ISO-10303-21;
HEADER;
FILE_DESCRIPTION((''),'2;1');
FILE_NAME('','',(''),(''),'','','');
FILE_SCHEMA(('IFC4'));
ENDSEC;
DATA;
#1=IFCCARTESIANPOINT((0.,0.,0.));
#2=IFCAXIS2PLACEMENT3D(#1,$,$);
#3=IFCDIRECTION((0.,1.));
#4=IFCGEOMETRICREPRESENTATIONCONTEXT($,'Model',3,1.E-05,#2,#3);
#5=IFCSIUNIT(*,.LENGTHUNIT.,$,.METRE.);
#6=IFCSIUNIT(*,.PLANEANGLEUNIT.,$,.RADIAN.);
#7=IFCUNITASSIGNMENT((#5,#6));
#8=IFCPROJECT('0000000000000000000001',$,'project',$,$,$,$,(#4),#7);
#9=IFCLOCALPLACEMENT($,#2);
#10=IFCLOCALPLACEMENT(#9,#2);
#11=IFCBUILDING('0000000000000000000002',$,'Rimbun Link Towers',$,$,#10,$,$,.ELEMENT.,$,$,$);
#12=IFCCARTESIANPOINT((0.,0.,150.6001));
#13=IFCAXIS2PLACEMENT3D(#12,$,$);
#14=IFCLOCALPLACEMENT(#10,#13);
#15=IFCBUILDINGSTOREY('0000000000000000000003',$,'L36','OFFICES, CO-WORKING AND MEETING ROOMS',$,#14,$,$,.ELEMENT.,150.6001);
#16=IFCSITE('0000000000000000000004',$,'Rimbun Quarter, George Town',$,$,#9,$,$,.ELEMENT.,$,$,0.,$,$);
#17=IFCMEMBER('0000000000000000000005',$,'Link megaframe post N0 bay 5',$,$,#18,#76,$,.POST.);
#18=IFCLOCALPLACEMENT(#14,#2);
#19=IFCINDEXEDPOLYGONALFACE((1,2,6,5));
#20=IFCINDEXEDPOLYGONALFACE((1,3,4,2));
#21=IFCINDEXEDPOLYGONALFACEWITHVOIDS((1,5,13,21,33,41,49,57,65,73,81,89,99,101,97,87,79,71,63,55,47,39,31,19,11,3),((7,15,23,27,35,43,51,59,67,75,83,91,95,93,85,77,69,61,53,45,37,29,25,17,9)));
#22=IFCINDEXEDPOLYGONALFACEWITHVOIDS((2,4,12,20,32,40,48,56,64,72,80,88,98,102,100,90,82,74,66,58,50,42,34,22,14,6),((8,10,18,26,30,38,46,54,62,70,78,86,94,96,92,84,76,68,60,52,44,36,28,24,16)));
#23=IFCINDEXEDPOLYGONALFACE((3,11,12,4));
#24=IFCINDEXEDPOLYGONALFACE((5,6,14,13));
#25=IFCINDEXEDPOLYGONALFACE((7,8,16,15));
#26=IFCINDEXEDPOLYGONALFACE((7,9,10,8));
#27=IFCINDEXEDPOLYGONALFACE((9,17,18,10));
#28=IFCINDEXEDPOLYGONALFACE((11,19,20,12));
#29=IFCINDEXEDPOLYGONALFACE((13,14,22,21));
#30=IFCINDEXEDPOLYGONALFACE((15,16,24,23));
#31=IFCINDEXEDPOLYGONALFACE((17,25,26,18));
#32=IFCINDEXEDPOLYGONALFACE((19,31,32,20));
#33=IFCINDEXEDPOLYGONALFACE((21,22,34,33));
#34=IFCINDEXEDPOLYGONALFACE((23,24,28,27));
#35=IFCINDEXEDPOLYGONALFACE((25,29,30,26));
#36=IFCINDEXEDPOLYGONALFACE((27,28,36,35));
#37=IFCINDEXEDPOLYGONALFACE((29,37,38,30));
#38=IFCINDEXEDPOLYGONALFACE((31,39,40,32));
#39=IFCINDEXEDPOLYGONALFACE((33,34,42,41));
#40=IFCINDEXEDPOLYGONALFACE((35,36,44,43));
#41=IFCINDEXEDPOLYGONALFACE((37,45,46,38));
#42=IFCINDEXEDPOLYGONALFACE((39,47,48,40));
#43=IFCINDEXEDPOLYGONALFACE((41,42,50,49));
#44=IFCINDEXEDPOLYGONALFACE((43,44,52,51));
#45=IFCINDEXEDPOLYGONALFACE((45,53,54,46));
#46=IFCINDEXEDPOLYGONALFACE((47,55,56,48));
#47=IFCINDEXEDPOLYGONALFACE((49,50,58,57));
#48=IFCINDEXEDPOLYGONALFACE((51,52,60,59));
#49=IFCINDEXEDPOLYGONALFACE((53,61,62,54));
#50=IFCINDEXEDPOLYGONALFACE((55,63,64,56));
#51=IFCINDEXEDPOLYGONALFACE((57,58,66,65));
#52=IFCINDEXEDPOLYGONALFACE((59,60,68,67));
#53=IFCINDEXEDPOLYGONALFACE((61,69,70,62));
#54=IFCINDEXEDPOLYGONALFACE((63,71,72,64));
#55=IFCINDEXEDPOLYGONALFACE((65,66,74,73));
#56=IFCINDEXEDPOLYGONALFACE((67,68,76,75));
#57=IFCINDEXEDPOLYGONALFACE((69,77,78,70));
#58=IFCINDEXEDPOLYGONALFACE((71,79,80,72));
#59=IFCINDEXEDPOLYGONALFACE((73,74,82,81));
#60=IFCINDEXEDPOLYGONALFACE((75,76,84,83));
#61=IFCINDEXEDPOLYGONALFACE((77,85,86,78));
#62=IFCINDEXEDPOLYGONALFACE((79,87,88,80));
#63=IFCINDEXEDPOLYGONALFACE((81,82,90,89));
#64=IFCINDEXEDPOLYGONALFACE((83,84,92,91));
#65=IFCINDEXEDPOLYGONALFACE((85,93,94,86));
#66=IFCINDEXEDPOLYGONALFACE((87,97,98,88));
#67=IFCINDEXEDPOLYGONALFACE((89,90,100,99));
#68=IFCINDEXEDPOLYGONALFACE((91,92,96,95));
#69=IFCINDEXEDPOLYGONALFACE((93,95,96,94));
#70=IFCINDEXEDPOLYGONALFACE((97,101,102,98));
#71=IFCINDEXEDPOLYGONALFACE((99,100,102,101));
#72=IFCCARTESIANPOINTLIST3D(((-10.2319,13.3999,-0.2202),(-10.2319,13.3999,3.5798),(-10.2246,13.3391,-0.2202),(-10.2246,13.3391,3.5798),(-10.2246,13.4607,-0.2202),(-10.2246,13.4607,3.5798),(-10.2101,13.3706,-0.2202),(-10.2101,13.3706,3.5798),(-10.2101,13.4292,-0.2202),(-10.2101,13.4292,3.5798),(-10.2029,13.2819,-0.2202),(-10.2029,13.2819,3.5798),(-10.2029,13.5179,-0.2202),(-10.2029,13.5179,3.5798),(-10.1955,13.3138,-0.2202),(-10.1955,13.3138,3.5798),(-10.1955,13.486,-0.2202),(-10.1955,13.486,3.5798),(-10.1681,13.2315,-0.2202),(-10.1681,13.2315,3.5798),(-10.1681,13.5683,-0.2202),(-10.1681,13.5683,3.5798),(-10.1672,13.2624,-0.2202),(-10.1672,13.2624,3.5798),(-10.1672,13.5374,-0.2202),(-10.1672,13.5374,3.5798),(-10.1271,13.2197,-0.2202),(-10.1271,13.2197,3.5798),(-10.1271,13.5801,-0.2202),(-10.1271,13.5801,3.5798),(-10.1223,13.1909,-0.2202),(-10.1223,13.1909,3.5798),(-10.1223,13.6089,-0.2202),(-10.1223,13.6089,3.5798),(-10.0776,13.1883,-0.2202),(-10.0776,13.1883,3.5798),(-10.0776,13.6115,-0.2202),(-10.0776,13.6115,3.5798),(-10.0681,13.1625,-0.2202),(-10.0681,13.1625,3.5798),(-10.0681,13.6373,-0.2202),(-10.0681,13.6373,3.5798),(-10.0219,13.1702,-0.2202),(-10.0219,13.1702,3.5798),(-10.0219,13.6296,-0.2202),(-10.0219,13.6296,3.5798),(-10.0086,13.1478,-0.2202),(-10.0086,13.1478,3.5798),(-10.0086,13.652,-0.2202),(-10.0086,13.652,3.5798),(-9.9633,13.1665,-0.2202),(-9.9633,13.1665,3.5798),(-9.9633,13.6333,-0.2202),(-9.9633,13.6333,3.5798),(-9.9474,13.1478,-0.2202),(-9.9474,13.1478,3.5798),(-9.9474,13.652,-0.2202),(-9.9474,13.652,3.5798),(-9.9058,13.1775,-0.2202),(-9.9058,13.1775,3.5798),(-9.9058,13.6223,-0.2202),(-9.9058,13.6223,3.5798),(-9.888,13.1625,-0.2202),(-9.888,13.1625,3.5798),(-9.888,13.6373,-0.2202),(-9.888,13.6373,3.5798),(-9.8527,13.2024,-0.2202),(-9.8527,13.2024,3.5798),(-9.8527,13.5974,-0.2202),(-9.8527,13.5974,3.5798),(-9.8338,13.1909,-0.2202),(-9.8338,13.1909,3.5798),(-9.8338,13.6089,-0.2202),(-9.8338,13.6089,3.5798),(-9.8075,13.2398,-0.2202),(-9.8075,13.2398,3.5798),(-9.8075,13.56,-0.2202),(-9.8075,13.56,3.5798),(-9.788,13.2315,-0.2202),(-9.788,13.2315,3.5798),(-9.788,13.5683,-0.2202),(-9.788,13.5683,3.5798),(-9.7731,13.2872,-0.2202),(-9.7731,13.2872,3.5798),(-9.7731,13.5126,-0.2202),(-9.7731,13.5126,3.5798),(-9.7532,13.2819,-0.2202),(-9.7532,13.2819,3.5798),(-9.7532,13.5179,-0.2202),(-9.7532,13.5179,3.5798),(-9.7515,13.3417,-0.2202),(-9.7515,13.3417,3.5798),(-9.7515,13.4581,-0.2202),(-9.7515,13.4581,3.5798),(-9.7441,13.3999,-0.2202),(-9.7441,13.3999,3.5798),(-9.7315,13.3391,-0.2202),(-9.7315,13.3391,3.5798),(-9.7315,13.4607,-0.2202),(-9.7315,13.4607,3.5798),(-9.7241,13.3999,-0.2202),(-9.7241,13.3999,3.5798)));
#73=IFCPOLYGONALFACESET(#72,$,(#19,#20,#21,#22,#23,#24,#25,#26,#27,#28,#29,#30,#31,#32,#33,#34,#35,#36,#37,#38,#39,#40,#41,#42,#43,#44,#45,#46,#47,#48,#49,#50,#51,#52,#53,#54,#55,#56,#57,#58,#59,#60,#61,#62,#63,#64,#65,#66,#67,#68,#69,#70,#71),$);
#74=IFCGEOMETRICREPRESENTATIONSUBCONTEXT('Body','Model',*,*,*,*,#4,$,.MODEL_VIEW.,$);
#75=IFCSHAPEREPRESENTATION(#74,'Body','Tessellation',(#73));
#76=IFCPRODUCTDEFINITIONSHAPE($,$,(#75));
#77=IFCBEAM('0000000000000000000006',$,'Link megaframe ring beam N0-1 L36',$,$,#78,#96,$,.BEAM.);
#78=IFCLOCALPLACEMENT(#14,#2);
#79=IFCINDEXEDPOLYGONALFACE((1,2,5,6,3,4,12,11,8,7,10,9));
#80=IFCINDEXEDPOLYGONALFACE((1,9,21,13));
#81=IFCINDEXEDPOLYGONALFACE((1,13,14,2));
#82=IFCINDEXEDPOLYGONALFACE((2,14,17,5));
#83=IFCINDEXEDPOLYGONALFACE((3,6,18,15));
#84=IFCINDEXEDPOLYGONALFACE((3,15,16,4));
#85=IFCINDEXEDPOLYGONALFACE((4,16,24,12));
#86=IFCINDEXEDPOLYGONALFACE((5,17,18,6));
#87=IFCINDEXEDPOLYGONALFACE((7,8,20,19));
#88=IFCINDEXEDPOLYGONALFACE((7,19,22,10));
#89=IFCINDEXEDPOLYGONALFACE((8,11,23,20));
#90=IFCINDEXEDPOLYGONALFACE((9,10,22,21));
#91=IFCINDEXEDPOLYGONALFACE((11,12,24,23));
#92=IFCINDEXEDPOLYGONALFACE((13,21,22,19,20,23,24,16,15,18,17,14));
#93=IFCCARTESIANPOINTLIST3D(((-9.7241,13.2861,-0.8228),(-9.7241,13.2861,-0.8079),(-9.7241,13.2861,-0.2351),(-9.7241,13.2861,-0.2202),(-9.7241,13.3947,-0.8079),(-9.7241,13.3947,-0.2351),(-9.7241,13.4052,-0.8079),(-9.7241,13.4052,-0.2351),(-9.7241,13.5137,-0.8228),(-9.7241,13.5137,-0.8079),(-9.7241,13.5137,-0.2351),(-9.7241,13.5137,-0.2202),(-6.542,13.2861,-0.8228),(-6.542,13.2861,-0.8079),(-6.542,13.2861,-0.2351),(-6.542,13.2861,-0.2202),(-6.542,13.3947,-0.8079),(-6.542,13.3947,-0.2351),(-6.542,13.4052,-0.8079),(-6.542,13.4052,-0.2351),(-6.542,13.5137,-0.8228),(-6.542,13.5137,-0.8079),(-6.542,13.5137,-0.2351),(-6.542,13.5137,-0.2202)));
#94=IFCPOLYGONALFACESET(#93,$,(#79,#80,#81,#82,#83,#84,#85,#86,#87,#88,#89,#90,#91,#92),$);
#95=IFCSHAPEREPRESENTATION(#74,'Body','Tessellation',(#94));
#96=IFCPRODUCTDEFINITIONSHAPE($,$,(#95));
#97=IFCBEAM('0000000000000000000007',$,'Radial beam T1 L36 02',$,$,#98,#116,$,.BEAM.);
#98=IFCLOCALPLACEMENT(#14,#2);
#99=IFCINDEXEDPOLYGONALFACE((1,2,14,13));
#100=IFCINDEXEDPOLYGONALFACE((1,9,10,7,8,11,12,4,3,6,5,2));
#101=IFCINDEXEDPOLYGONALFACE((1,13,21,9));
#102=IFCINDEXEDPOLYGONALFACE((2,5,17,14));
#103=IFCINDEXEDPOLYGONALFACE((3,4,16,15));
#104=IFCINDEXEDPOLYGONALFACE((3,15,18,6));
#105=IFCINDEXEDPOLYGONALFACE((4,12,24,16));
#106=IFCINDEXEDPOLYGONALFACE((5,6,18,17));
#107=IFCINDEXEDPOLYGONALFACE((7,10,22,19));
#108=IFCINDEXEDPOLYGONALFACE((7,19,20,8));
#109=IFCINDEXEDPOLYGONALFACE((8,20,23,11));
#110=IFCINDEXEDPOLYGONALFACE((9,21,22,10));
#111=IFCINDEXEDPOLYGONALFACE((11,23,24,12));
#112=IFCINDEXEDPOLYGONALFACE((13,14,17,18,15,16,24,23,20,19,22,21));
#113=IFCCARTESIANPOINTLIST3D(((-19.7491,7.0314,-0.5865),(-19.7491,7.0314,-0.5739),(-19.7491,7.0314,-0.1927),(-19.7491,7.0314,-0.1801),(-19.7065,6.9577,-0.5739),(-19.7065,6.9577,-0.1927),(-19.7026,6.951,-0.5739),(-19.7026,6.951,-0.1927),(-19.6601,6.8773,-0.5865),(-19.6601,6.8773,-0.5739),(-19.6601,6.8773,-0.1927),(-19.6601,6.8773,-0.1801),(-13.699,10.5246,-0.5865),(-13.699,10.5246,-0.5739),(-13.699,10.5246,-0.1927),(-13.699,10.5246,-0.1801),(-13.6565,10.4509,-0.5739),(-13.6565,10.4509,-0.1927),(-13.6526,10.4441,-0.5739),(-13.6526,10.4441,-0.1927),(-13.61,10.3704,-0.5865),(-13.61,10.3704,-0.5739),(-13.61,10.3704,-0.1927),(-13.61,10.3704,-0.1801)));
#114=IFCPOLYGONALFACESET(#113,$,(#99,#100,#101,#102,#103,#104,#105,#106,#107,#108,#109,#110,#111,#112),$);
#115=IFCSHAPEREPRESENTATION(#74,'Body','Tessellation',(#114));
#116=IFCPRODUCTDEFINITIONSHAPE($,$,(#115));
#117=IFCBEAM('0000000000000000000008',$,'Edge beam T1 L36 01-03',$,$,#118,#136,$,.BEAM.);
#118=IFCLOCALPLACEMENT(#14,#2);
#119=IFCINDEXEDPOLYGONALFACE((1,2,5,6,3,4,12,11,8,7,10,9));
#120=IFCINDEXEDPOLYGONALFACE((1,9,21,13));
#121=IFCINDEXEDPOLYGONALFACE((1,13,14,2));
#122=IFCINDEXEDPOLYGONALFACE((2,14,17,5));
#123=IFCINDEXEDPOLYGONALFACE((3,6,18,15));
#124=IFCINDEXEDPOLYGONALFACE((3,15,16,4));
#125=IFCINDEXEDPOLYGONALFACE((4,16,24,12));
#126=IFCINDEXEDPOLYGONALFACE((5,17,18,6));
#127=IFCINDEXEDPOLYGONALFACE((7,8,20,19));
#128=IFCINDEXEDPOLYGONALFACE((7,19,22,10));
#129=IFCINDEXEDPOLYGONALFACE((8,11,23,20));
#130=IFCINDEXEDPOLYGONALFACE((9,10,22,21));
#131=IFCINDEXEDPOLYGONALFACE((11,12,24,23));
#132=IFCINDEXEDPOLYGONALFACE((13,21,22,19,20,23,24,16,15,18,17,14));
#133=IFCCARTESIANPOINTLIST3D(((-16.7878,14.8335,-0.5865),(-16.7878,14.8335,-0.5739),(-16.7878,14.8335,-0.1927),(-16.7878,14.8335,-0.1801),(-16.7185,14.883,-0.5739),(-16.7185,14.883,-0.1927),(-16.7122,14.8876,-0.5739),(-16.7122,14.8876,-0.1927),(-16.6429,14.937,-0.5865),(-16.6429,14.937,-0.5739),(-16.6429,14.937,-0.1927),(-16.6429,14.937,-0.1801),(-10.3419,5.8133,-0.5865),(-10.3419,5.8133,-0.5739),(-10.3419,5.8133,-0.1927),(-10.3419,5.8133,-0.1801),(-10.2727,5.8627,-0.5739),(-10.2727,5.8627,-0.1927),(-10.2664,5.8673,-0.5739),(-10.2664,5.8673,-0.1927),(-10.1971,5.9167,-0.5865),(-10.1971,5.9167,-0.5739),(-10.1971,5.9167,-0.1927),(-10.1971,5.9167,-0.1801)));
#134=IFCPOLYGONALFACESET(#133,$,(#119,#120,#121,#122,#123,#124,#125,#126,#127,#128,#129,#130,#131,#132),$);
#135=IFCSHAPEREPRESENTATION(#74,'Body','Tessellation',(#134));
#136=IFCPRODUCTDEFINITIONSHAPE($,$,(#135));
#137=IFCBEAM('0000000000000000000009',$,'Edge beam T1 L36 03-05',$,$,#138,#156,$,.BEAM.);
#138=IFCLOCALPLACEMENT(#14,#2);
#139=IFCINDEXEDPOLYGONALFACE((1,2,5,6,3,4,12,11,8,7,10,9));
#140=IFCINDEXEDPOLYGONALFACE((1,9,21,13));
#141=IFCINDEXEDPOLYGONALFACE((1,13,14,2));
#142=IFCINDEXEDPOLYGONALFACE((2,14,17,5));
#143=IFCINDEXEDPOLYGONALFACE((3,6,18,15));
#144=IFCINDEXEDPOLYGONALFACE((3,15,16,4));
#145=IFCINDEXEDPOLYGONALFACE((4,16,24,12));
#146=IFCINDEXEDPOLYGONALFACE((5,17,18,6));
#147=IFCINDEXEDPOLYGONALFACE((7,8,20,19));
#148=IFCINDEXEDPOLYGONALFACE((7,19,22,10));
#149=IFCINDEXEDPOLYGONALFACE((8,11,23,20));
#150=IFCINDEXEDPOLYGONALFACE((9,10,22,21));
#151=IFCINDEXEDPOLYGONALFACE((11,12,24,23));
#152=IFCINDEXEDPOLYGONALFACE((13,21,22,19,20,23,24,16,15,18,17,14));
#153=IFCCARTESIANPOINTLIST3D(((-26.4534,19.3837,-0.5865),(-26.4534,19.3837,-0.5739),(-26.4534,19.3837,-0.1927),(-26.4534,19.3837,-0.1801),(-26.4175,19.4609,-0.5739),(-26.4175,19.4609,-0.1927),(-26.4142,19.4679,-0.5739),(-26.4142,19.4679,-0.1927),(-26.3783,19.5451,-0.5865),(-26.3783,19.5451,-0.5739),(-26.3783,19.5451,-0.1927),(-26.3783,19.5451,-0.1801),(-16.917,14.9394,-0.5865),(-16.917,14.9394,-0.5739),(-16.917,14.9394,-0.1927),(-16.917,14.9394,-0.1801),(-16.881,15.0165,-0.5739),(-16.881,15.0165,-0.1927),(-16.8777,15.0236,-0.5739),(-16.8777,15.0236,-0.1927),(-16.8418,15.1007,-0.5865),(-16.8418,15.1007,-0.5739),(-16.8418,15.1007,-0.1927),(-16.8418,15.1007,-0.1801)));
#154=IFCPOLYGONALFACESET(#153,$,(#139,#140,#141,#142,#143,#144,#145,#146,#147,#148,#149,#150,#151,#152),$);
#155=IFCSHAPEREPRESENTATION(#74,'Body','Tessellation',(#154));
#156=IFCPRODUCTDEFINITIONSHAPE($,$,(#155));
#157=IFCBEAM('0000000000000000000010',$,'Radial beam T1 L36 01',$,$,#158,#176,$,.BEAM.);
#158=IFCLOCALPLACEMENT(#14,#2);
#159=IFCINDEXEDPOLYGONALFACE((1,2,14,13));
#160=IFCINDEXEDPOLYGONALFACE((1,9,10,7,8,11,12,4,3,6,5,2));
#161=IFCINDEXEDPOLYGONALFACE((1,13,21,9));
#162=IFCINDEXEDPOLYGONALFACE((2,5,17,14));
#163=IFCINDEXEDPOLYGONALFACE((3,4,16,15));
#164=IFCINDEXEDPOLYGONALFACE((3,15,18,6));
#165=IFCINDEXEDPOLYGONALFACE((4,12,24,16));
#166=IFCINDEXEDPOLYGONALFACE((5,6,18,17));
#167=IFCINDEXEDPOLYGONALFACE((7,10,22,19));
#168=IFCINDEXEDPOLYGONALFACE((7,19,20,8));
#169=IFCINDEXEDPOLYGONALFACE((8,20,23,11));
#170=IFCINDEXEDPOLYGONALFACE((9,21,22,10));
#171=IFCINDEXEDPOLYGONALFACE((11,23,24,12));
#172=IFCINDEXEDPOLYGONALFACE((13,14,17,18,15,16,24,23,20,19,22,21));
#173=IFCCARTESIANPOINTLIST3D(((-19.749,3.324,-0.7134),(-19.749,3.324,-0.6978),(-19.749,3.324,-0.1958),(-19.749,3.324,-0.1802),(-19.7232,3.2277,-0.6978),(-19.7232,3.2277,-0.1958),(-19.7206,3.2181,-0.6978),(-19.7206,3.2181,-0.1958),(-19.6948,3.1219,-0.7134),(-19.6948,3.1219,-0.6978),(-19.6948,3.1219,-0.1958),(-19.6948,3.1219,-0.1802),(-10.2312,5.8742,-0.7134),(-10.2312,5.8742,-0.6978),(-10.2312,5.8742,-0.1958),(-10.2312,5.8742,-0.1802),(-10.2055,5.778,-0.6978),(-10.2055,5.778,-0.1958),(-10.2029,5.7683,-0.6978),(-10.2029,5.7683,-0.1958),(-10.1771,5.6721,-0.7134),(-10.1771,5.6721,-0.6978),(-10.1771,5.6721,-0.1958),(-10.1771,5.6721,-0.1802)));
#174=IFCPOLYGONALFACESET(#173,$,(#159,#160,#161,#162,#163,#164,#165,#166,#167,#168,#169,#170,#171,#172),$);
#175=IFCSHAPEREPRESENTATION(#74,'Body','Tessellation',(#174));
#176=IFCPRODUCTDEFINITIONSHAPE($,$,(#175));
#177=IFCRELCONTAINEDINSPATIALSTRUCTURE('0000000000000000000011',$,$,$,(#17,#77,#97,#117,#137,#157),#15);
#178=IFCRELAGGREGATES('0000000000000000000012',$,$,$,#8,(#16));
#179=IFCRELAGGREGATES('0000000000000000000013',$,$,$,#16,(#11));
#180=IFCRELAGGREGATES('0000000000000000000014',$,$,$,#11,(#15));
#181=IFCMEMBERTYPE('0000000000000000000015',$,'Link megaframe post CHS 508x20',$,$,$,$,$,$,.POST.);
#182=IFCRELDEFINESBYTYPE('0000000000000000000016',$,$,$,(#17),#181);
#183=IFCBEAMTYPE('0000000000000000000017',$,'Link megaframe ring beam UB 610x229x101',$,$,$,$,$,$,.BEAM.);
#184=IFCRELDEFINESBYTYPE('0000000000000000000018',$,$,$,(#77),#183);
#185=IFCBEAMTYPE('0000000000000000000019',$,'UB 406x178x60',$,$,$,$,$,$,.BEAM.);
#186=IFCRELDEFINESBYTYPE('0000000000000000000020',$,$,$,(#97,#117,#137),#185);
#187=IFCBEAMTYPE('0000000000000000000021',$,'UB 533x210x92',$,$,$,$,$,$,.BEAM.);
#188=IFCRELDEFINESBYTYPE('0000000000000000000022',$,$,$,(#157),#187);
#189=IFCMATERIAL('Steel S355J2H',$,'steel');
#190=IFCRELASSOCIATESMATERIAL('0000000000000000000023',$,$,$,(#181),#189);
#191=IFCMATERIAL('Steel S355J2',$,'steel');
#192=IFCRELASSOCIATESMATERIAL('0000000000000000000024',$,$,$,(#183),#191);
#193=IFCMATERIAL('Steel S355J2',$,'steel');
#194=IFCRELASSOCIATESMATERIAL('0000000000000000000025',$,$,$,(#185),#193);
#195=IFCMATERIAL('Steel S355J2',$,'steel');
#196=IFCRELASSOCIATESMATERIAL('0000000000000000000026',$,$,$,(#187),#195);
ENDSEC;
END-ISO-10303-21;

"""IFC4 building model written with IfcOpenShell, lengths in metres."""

from ifc_helpers import new_model, si_unit, direction, frame, origin, origin_2d, place, context, subcontext, project, spatial, hollow_circle, i_section, extrude, material, material_profile, profile_set, type_object, element, save


model = new_model("IFC4")

# Units and contexts
model_context = context("Model", 3, precision=1e-05, world=origin(), true_north=direction((0.0, 1.0)))
body_context = subcontext(model_context, "Body", "Model", "MODEL_VIEW")
ifc_project = project(units=[si_unit("LENGTHUNIT", "METRE"), si_unit("PLANEANGLEUNIT", "RADIAN")], contexts=[model_context])

# Site, building, storey
site_placement = place(None, origin())
site = spatial("IfcSite", under=ifc_project, at=site_placement, Name="Rimbun Quarter, George Town", CompositionType="ELEMENT", RefElevation=0.0)
building_placement = place(site_placement, origin())
building = spatial("IfcBuilding", under=site, at=building_placement, Name="Rimbun Link Towers", CompositionType="ELEMENT")
storey_placement = place(building_placement, frame((0.0, 0.0, 150.6001)))
storey = spatial("IfcBuildingStorey", under=building, at=storey_placement, Name="L36", Description="OFFICES, CO-WORKING AND MEETING ROOMS", CompositionType="ELEMENT", Elevation=150.6001)

# Member
ifc_material_1 = material(Name="Steel S355J2H", Category="steel")
ifc_material_profile_1 = material_profile(ifc_material_1, hollow_circle(Radius=0.2539, WallThickness=0.02, at=origin_2d()), Name="CHS 508x20")
ifc_profile_set_1 = profile_set([ifc_material_profile_1], Name="Steel S355J2H")
member_type_1 = type_object("IfcMemberType", Name="Link megaframe post CHS 508x20", PredefinedType="POST", material=ifc_profile_set_1)
member_1_placement = place(storey_placement, frame((-9.978, 13.3999, -0.2202), z_axis=(0.0, 0.0, 1.0), x_axis=(1.0, 0.0, 0.0)))
element("IfcMember", 1, at=member_1_placement, inside=storey, type_object=member_type_1, Name="Link megaframe post N0 bay 5", PredefinedType="POST", context=body_context, shape_type="SweptSolid", body=[
    extrude(hollow_circle(Radius=0.2539, WallThickness=0.02, at=origin_2d()), origin(), (0.0, 0.0, 1.0), 3.8),
])

# Beams
ifc_material_2 = material(Name="Steel S355J2", Category="steel")
ifc_material_profile_2 = material_profile(ifc_material_2, i_section(OverallWidth=0.2275, OverallDepth=0.6025, WebThickness=0.0105, FlangeThickness=0.0149, at=origin_2d()), Name="UB 610x229x101")
ifc_profile_set_2 = profile_set([ifc_material_profile_2], Name="Steel S355J2")
beam_type_1 = type_object("IfcBeamType", Name="Link megaframe ring beam UB 610x229x101", PredefinedType="BEAM", material=ifc_profile_set_2)
beam_1_placement = place(storey_placement, frame((-9.7241, 13.3999, -0.5215), z_axis=(1.0, 0.0, 0.0), x_axis=(0.0, 1.0, 0.0)))
element("IfcBeam", 2, at=beam_1_placement, inside=storey, type_object=beam_type_1, Name="Link megaframe ring beam N0-1 L36", PredefinedType="BEAM", context=body_context, shape_type="SweptSolid", body=[
    extrude(i_section(OverallWidth=0.2275, OverallDepth=0.6025, WebThickness=0.0105, FlangeThickness=0.0149, at=origin_2d()), origin(), (0.0, 0.0, 1.0), 3.1821),
])
ifc_material_3 = material(Name="Steel S355J2", Category="steel")
ifc_material_profile_3 = material_profile(ifc_material_3, i_section(OverallWidth=0.178, OverallDepth=0.4065, WebThickness=0.0078, FlangeThickness=0.0127, at=origin_2d()), Name="UB 406x178x60")
ifc_profile_set_3 = profile_set([ifc_material_profile_3], Name="Steel S355J2")
beam_type_2 = type_object("IfcBeamType", Name="UB 406x178x60", PredefinedType="BEAM", material=ifc_profile_set_3)
beam_2_placement = place(storey_placement, frame((-19.7046, 6.9543, -0.3833), z_axis=(0.866015, 0.500018, 0.0), x_axis=(-0.500018, 0.866015, 0.0)))
element("IfcBeam", 3, at=beam_2_placement, inside=storey, type_object=beam_type_2, Name="Radial beam T1 L36 02", PredefinedType="BEAM", context=body_context, shape_type="SweptSolid", body=[
    extrude(i_section(OverallWidth=0.178, OverallDepth=0.4065, WebThickness=0.0078, FlangeThickness=0.0127, at=origin_2d()), origin(), (0.0, 0.0, 1.0), 6.9861),
])
beam_3_placement = place(storey_placement, frame((-10.2695, 5.865, -0.3833), z_axis=(-0.581403, 0.813616, 0.0), x_axis=(-0.813616, -0.581403, 0.0)))
element("IfcBeam", 4, at=beam_3_placement, inside=storey, type_object=beam_type_2, Name="Edge beam T1 L36 01-03", PredefinedType="BEAM", context=body_context, shape_type="SweptSolid", body=[
    extrude(i_section(OverallWidth=0.178, OverallDepth=0.4065, WebThickness=0.0078, FlangeThickness=0.0127, at=origin_2d()), origin(), (0.0, 0.0, 1.0), 11.0867),
])
beam_4_placement = place(storey_placement, frame((-16.8794, 15.02, -0.3833), z_axis=(-0.906401, 0.422419, 0.0), x_axis=(-0.422419, -0.906401, 0.0)))
element("IfcBeam", 5, at=beam_4_placement, inside=storey, type_object=beam_type_2, Name="Edge beam T1 L36 03-05", PredefinedType="BEAM", context=body_context, shape_type="SweptSolid", body=[
    extrude(i_section(OverallWidth=0.178, OverallDepth=0.4065, WebThickness=0.0078, FlangeThickness=0.0127, at=origin_2d()), origin(), (0.0, 0.0, 1.0), 10.5212),
])
ifc_material_4 = material(Name="Steel S355J2", Category="steel")
ifc_material_profile_4 = material_profile(ifc_material_4, i_section(OverallWidth=0.2092, OverallDepth=0.5332, WebThickness=0.01, FlangeThickness=0.0156, at=origin_2d()), Name="UB 533x210x92")
ifc_profile_set_4 = profile_set([ifc_material_profile_4], Name="Steel S355J2")
beam_type_3 = type_object("IfcBeamType", Name="UB 533x210x92", PredefinedType="BEAM", material=ifc_profile_set_4)
beam_5_placement = place(storey_placement, frame((-19.7219, 3.2229, -0.4468), z_axis=(0.965926, 0.258819, 0.0), x_axis=(-0.258819, 0.965926, 0.0)))
element("IfcBeam", 6, at=beam_5_placement, inside=storey, type_object=beam_type_3, Name="Radial beam T1 L36 01", PredefinedType="BEAM", context=body_context, shape_type="SweptSolid", body=[
    extrude(i_section(OverallWidth=0.2092, OverallDepth=0.5332, WebThickness=0.01, FlangeThickness=0.0156, at=origin_2d()), origin(), (0.0, 0.0, 1.0), 9.8535),
])

save(model, "model.ifc")
